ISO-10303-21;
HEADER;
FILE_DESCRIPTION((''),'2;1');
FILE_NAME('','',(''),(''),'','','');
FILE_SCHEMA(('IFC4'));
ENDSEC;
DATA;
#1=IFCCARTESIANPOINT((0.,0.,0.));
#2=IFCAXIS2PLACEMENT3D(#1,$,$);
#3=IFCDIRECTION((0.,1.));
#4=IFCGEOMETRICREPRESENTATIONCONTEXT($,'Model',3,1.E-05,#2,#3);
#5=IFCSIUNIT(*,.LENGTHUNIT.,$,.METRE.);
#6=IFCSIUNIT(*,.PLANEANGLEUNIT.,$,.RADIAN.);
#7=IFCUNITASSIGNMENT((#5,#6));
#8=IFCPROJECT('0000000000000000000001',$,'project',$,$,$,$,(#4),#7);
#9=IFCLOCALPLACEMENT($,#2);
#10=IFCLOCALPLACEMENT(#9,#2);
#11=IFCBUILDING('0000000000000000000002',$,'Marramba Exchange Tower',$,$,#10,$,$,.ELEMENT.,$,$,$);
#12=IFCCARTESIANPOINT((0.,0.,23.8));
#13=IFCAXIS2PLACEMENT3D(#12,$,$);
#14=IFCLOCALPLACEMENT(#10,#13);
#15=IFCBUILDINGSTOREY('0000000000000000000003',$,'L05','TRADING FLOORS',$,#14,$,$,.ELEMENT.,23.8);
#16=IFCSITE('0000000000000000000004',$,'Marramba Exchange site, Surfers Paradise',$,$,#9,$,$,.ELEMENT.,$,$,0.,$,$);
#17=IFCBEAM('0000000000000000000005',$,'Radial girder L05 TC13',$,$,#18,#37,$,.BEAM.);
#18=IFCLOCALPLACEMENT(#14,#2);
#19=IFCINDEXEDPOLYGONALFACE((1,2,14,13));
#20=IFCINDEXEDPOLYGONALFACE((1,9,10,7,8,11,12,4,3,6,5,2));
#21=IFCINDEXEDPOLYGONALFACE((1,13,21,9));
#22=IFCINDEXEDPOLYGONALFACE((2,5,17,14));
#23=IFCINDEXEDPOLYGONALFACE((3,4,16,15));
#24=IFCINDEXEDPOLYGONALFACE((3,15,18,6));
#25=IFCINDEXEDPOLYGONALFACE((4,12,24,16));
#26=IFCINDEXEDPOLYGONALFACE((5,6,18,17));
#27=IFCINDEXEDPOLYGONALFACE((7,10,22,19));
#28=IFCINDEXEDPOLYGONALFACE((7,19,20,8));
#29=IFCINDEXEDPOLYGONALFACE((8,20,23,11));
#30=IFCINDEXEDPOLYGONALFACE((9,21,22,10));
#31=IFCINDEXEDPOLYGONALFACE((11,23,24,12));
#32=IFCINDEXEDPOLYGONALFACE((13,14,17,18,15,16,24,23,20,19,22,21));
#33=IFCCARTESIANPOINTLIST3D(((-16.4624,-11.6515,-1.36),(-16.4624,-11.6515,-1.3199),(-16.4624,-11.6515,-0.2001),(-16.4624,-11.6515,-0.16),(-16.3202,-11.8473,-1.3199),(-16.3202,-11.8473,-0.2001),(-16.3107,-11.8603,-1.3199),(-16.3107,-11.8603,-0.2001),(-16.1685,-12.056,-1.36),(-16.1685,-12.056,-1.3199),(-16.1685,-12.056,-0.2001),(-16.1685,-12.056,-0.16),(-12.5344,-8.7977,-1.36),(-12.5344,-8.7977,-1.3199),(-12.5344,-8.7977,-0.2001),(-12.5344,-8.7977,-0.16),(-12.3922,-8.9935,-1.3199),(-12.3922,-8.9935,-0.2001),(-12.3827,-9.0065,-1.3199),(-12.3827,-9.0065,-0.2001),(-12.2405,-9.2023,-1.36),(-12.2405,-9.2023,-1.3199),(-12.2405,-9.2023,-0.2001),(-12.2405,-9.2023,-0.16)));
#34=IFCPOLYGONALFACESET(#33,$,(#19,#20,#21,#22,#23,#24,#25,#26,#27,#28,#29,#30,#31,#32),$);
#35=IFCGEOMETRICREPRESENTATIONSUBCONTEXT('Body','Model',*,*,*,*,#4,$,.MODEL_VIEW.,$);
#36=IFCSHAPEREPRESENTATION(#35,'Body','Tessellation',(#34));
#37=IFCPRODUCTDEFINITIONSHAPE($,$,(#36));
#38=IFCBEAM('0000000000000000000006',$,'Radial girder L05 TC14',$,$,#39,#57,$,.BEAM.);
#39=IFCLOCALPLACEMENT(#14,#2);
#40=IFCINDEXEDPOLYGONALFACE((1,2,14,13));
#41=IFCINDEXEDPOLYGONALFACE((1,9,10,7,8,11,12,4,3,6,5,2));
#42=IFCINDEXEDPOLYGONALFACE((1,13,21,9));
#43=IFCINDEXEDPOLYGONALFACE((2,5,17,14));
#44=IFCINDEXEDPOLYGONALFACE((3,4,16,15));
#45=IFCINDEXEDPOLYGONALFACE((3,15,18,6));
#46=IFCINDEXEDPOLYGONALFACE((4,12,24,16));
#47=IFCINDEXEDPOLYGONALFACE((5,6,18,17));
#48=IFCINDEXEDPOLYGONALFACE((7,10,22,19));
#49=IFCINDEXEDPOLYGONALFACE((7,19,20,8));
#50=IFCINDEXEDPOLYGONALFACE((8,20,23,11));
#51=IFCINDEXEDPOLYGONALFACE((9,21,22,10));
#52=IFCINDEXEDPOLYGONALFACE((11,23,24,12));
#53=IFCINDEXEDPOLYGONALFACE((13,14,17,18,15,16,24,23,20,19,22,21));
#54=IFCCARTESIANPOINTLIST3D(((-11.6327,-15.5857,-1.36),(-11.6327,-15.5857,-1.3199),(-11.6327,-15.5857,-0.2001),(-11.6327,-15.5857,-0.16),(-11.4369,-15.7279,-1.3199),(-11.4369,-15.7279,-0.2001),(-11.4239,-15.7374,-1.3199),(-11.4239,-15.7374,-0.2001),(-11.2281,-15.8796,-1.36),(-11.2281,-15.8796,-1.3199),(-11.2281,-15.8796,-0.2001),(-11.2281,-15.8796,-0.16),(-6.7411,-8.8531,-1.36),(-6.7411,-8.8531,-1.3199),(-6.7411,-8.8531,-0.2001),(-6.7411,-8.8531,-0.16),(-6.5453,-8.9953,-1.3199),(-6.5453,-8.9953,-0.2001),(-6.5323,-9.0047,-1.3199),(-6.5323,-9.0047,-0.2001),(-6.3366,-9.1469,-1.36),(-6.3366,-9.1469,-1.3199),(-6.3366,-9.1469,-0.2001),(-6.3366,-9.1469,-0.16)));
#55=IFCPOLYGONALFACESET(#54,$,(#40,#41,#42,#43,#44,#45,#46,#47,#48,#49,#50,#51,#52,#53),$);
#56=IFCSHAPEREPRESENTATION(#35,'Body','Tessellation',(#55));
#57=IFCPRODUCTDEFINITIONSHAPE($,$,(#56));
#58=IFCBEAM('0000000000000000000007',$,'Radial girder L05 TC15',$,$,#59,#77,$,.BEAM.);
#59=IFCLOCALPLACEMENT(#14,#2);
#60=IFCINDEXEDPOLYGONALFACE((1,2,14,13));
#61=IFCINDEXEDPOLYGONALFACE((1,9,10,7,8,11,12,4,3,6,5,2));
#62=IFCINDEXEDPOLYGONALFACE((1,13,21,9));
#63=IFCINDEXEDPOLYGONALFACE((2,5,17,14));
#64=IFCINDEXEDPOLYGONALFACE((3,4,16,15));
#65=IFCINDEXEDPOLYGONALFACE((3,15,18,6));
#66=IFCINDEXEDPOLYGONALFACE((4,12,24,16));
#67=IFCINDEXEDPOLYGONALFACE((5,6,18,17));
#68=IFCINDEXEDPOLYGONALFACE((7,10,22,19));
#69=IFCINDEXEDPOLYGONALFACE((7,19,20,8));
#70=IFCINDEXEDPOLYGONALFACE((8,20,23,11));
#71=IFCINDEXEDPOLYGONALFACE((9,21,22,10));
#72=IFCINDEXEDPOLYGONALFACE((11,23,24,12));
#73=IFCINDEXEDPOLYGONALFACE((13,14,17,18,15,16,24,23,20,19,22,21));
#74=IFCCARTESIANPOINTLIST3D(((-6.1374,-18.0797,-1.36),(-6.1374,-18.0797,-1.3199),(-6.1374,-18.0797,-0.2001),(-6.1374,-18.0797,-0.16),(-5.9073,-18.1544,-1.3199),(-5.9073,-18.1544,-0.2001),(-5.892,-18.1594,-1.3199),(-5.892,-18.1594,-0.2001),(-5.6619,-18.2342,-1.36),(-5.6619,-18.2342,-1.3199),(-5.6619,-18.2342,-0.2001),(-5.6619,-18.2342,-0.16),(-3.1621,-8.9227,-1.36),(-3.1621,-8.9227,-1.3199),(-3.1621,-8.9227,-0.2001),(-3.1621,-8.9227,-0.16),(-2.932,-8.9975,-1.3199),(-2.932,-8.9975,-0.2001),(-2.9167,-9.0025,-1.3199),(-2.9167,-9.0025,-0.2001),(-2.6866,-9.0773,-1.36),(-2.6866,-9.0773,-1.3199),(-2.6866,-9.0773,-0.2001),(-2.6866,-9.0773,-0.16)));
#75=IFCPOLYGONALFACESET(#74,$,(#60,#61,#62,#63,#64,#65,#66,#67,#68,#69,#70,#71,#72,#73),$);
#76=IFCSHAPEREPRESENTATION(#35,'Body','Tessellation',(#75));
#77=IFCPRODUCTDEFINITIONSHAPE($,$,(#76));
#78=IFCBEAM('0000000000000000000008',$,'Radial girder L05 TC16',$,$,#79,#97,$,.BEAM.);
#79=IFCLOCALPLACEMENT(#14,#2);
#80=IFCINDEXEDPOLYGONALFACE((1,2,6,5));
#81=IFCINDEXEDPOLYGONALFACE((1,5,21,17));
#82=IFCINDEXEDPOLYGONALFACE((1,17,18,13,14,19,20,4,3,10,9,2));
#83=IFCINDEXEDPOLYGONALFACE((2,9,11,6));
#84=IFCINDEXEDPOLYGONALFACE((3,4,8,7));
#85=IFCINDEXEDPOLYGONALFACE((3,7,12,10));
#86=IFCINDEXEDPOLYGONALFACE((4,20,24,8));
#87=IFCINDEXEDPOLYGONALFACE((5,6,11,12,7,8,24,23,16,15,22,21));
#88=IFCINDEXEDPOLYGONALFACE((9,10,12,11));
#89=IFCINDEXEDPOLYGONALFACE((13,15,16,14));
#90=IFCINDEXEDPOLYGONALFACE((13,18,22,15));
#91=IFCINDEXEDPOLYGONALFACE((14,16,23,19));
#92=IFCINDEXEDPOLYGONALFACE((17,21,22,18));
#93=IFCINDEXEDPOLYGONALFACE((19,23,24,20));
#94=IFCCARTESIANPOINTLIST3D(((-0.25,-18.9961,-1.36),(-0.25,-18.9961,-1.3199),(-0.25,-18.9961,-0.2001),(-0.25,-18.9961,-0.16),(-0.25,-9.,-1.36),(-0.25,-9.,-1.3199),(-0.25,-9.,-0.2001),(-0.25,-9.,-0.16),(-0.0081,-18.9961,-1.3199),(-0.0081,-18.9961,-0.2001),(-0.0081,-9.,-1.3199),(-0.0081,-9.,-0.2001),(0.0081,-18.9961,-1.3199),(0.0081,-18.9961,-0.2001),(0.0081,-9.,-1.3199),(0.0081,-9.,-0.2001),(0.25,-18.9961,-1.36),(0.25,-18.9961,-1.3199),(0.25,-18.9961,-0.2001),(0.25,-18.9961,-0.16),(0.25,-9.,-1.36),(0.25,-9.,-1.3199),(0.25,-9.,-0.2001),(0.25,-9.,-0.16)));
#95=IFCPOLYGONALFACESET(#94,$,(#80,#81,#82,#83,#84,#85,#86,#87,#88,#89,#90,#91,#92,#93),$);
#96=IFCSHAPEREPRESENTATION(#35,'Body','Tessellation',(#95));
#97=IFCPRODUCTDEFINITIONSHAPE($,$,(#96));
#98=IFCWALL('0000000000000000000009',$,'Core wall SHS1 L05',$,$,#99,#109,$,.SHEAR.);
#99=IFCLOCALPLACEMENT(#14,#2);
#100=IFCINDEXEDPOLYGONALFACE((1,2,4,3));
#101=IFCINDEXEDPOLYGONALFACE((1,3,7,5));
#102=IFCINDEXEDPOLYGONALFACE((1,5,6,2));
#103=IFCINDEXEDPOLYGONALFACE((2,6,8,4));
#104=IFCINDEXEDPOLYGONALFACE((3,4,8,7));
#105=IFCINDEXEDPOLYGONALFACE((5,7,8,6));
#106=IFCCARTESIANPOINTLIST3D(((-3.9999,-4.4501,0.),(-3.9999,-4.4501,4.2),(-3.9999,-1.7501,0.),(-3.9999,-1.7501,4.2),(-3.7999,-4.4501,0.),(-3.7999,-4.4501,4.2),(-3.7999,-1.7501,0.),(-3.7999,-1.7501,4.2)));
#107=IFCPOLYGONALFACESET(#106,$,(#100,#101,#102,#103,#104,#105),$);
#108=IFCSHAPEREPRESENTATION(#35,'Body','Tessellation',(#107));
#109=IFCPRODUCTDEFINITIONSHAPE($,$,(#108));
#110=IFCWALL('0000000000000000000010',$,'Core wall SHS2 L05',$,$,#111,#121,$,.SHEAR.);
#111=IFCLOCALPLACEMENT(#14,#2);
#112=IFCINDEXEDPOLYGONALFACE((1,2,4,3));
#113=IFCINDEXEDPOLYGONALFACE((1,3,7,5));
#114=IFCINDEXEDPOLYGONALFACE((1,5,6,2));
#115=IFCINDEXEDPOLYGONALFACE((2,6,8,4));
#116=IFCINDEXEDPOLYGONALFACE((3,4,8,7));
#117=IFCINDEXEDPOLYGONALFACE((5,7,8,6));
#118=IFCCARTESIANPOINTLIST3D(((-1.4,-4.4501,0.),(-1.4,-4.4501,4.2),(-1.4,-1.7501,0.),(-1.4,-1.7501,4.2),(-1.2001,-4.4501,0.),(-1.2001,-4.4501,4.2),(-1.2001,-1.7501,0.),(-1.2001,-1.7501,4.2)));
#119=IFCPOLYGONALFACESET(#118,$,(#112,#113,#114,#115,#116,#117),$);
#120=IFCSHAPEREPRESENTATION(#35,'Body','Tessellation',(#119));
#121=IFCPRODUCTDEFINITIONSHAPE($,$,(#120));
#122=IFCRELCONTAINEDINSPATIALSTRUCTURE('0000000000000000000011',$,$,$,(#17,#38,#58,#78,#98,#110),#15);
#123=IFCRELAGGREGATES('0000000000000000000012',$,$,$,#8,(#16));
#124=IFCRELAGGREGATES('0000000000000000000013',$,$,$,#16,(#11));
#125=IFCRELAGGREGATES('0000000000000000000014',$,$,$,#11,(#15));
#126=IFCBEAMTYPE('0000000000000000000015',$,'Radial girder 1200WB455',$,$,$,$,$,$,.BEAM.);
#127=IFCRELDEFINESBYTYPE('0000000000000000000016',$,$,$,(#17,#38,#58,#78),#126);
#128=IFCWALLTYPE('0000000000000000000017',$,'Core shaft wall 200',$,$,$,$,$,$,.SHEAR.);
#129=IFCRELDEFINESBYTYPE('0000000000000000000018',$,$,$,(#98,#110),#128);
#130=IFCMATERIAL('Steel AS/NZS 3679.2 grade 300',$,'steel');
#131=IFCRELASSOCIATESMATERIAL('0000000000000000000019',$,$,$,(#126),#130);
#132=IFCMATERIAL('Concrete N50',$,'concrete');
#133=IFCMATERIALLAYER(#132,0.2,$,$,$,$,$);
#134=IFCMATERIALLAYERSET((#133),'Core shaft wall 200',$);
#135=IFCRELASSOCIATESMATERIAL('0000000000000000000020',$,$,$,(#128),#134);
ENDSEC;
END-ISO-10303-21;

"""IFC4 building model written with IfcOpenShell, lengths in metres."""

from ifc_helpers import new_model, si_unit, direction, frame, frame_2d, origin, origin_2d, place, context, subcontext, project, spatial, rectangle, i_section, extrude, material, layer, layer_set, material_profile, profile_set, type_object, element, save


model = new_model("IFC4")

# Units and contexts
model_context = context("Model", 3, precision=1e-05, world=origin(), true_north=direction((0.0, 1.0)))
body_context = subcontext(model_context, "Body", "Model", "MODEL_VIEW")
ifc_project = project(units=[si_unit("LENGTHUNIT", "METRE"), si_unit("PLANEANGLEUNIT", "RADIAN")], contexts=[model_context])

# Site, building, storey
site_placement = place(None, origin())
site = spatial("IfcSite", under=ifc_project, at=site_placement, Name="Marramba Exchange site, Surfers Paradise", CompositionType="ELEMENT", RefElevation=0.0)
building_placement = place(site_placement, origin())
building = spatial("IfcBuilding", under=site, at=building_placement, Name="Marramba Exchange Tower", CompositionType="ELEMENT")
storey_placement = place(building_placement, frame((0.0, 0.0, 23.8)))
storey = spatial("IfcBuildingStorey", under=building, at=storey_placement, Name="L05", Description="TRADING FLOORS", CompositionType="ELEMENT", Elevation=23.8)

# Beams
ifc_material_1 = material(Name="Steel AS/NZS 3679.2 grade 300", Category="steel")
ifc_material_profile = material_profile(ifc_material_1, i_section(OverallWidth=0.5, OverallDepth=1.2, WebThickness=0.0161, FlangeThickness=0.04, at=origin_2d()), Name="1200WB455")
ifc_profile_set = profile_set([ifc_material_profile], Name="Steel AS/NZS 3679.2 grade 300")
beam_type = type_object("IfcBeamType", Name="Radial girder 1200WB455", PredefinedType="BEAM", material=ifc_profile_set)
beam_1_placement = place(storey_placement, frame((-12.3875, -9.0, -0.76), z_axis=(-0.809025, -0.587774, 0.0), x_axis=(0.587774, -0.809025, 0.0)))
element("IfcBeam", 1, at=beam_1_placement, inside=storey, type_object=beam_type, Name="Radial girder L05 TC13", PredefinedType="BEAM", context=body_context, shape_type="SweptSolid", body=[
    extrude(i_section(OverallWidth=0.5, OverallDepth=1.2, WebThickness=0.0161, FlangeThickness=0.04, at=origin_2d()), origin(), (0.0, 0.0, 1.0), 4.8552),
])
beam_2_placement = place(storey_placement, frame((-6.5388, -9.0, -0.76), z_axis=(-0.587788, -0.809015, 0.0), x_axis=(0.809015, -0.587788, 0.0)))
element("IfcBeam", 2, at=beam_2_placement, inside=storey, type_object=beam_type, Name="Radial girder L05 TC14", PredefinedType="BEAM", context=body_context, shape_type="SweptSolid", body=[
    extrude(i_section(OverallWidth=0.5, OverallDepth=1.2, WebThickness=0.0161, FlangeThickness=0.04, at=origin_2d()), origin(), (0.0, 0.0, 1.0), 8.322),
])
beam_3_placement = place(storey_placement, frame((-2.9243, -9.0, -0.76), z_axis=(-0.309022, -0.951055, 0.0), x_axis=(0.951055, -0.309022, 0.0)))
element("IfcBeam", 3, at=beam_3_placement, inside=storey, type_object=beam_type, Name="Radial girder L05 TC15", PredefinedType="BEAM", context=body_context, shape_type="SweptSolid", body=[
    extrude(i_section(OverallWidth=0.5, OverallDepth=1.2, WebThickness=0.0161, FlangeThickness=0.04, at=origin_2d()), origin(), (0.0, 0.0, 1.0), 9.6282),
])
beam_4_placement = place(storey_placement, frame((0.0, -9.0, -0.76), z_axis=(0.0, -1.0, 0.0), x_axis=(1.0, 0.0, 0.0)))
element("IfcBeam", 4, at=beam_4_placement, inside=storey, type_object=beam_type, Name="Radial girder L05 TC16", PredefinedType="BEAM", context=body_context, shape_type="SweptSolid", body=[
    extrude(i_section(OverallWidth=0.5, OverallDepth=1.2, WebThickness=0.0161, FlangeThickness=0.04, at=origin_2d()), origin(), (0.0, 0.0, 1.0), 9.9961),
])

# Walls
ifc_material_2 = material(Name="Concrete N50", Category="concrete")
ifc_layer_1 = layer(ifc_material_2, 0.2)
ifc_layer_set_1 = layer_set([ifc_layer_1], Name="Core shaft wall 200")
wall_type_1 = type_object("IfcWallType", Name="Core shaft wall 200", PredefinedType="SHEAR", material=ifc_layer_set_1)
for number, where, z_axis, x_axis, name in (
    (5, (-3.8999, -1.75, 0.0), (0.0, 0.0, 1.0), (0.0, -1.0, 0.0), "Core wall SHS1 L05"),
    (6, (-1.3, -1.75, 0.0), (0.0, 0.0, 1.0), (0.0, -1.0, 0.0), "Core wall SHS2 L05"),
):
    element("IfcWall", number, at=place(storey_placement, frame(where, z_axis=z_axis, x_axis=x_axis)), inside=storey, type_object=wall_type_1, Name=name, PredefinedType="SHEAR", context=body_context, shape_type="SweptSolid", body=[
        extrude(rectangle(XDim=2.7, YDim=0.2, at=frame_2d((1.3501, 0.0))), origin(), (0.0, 0.0, 1.0), 4.2),
    ])

save(model, "model.ifc")
